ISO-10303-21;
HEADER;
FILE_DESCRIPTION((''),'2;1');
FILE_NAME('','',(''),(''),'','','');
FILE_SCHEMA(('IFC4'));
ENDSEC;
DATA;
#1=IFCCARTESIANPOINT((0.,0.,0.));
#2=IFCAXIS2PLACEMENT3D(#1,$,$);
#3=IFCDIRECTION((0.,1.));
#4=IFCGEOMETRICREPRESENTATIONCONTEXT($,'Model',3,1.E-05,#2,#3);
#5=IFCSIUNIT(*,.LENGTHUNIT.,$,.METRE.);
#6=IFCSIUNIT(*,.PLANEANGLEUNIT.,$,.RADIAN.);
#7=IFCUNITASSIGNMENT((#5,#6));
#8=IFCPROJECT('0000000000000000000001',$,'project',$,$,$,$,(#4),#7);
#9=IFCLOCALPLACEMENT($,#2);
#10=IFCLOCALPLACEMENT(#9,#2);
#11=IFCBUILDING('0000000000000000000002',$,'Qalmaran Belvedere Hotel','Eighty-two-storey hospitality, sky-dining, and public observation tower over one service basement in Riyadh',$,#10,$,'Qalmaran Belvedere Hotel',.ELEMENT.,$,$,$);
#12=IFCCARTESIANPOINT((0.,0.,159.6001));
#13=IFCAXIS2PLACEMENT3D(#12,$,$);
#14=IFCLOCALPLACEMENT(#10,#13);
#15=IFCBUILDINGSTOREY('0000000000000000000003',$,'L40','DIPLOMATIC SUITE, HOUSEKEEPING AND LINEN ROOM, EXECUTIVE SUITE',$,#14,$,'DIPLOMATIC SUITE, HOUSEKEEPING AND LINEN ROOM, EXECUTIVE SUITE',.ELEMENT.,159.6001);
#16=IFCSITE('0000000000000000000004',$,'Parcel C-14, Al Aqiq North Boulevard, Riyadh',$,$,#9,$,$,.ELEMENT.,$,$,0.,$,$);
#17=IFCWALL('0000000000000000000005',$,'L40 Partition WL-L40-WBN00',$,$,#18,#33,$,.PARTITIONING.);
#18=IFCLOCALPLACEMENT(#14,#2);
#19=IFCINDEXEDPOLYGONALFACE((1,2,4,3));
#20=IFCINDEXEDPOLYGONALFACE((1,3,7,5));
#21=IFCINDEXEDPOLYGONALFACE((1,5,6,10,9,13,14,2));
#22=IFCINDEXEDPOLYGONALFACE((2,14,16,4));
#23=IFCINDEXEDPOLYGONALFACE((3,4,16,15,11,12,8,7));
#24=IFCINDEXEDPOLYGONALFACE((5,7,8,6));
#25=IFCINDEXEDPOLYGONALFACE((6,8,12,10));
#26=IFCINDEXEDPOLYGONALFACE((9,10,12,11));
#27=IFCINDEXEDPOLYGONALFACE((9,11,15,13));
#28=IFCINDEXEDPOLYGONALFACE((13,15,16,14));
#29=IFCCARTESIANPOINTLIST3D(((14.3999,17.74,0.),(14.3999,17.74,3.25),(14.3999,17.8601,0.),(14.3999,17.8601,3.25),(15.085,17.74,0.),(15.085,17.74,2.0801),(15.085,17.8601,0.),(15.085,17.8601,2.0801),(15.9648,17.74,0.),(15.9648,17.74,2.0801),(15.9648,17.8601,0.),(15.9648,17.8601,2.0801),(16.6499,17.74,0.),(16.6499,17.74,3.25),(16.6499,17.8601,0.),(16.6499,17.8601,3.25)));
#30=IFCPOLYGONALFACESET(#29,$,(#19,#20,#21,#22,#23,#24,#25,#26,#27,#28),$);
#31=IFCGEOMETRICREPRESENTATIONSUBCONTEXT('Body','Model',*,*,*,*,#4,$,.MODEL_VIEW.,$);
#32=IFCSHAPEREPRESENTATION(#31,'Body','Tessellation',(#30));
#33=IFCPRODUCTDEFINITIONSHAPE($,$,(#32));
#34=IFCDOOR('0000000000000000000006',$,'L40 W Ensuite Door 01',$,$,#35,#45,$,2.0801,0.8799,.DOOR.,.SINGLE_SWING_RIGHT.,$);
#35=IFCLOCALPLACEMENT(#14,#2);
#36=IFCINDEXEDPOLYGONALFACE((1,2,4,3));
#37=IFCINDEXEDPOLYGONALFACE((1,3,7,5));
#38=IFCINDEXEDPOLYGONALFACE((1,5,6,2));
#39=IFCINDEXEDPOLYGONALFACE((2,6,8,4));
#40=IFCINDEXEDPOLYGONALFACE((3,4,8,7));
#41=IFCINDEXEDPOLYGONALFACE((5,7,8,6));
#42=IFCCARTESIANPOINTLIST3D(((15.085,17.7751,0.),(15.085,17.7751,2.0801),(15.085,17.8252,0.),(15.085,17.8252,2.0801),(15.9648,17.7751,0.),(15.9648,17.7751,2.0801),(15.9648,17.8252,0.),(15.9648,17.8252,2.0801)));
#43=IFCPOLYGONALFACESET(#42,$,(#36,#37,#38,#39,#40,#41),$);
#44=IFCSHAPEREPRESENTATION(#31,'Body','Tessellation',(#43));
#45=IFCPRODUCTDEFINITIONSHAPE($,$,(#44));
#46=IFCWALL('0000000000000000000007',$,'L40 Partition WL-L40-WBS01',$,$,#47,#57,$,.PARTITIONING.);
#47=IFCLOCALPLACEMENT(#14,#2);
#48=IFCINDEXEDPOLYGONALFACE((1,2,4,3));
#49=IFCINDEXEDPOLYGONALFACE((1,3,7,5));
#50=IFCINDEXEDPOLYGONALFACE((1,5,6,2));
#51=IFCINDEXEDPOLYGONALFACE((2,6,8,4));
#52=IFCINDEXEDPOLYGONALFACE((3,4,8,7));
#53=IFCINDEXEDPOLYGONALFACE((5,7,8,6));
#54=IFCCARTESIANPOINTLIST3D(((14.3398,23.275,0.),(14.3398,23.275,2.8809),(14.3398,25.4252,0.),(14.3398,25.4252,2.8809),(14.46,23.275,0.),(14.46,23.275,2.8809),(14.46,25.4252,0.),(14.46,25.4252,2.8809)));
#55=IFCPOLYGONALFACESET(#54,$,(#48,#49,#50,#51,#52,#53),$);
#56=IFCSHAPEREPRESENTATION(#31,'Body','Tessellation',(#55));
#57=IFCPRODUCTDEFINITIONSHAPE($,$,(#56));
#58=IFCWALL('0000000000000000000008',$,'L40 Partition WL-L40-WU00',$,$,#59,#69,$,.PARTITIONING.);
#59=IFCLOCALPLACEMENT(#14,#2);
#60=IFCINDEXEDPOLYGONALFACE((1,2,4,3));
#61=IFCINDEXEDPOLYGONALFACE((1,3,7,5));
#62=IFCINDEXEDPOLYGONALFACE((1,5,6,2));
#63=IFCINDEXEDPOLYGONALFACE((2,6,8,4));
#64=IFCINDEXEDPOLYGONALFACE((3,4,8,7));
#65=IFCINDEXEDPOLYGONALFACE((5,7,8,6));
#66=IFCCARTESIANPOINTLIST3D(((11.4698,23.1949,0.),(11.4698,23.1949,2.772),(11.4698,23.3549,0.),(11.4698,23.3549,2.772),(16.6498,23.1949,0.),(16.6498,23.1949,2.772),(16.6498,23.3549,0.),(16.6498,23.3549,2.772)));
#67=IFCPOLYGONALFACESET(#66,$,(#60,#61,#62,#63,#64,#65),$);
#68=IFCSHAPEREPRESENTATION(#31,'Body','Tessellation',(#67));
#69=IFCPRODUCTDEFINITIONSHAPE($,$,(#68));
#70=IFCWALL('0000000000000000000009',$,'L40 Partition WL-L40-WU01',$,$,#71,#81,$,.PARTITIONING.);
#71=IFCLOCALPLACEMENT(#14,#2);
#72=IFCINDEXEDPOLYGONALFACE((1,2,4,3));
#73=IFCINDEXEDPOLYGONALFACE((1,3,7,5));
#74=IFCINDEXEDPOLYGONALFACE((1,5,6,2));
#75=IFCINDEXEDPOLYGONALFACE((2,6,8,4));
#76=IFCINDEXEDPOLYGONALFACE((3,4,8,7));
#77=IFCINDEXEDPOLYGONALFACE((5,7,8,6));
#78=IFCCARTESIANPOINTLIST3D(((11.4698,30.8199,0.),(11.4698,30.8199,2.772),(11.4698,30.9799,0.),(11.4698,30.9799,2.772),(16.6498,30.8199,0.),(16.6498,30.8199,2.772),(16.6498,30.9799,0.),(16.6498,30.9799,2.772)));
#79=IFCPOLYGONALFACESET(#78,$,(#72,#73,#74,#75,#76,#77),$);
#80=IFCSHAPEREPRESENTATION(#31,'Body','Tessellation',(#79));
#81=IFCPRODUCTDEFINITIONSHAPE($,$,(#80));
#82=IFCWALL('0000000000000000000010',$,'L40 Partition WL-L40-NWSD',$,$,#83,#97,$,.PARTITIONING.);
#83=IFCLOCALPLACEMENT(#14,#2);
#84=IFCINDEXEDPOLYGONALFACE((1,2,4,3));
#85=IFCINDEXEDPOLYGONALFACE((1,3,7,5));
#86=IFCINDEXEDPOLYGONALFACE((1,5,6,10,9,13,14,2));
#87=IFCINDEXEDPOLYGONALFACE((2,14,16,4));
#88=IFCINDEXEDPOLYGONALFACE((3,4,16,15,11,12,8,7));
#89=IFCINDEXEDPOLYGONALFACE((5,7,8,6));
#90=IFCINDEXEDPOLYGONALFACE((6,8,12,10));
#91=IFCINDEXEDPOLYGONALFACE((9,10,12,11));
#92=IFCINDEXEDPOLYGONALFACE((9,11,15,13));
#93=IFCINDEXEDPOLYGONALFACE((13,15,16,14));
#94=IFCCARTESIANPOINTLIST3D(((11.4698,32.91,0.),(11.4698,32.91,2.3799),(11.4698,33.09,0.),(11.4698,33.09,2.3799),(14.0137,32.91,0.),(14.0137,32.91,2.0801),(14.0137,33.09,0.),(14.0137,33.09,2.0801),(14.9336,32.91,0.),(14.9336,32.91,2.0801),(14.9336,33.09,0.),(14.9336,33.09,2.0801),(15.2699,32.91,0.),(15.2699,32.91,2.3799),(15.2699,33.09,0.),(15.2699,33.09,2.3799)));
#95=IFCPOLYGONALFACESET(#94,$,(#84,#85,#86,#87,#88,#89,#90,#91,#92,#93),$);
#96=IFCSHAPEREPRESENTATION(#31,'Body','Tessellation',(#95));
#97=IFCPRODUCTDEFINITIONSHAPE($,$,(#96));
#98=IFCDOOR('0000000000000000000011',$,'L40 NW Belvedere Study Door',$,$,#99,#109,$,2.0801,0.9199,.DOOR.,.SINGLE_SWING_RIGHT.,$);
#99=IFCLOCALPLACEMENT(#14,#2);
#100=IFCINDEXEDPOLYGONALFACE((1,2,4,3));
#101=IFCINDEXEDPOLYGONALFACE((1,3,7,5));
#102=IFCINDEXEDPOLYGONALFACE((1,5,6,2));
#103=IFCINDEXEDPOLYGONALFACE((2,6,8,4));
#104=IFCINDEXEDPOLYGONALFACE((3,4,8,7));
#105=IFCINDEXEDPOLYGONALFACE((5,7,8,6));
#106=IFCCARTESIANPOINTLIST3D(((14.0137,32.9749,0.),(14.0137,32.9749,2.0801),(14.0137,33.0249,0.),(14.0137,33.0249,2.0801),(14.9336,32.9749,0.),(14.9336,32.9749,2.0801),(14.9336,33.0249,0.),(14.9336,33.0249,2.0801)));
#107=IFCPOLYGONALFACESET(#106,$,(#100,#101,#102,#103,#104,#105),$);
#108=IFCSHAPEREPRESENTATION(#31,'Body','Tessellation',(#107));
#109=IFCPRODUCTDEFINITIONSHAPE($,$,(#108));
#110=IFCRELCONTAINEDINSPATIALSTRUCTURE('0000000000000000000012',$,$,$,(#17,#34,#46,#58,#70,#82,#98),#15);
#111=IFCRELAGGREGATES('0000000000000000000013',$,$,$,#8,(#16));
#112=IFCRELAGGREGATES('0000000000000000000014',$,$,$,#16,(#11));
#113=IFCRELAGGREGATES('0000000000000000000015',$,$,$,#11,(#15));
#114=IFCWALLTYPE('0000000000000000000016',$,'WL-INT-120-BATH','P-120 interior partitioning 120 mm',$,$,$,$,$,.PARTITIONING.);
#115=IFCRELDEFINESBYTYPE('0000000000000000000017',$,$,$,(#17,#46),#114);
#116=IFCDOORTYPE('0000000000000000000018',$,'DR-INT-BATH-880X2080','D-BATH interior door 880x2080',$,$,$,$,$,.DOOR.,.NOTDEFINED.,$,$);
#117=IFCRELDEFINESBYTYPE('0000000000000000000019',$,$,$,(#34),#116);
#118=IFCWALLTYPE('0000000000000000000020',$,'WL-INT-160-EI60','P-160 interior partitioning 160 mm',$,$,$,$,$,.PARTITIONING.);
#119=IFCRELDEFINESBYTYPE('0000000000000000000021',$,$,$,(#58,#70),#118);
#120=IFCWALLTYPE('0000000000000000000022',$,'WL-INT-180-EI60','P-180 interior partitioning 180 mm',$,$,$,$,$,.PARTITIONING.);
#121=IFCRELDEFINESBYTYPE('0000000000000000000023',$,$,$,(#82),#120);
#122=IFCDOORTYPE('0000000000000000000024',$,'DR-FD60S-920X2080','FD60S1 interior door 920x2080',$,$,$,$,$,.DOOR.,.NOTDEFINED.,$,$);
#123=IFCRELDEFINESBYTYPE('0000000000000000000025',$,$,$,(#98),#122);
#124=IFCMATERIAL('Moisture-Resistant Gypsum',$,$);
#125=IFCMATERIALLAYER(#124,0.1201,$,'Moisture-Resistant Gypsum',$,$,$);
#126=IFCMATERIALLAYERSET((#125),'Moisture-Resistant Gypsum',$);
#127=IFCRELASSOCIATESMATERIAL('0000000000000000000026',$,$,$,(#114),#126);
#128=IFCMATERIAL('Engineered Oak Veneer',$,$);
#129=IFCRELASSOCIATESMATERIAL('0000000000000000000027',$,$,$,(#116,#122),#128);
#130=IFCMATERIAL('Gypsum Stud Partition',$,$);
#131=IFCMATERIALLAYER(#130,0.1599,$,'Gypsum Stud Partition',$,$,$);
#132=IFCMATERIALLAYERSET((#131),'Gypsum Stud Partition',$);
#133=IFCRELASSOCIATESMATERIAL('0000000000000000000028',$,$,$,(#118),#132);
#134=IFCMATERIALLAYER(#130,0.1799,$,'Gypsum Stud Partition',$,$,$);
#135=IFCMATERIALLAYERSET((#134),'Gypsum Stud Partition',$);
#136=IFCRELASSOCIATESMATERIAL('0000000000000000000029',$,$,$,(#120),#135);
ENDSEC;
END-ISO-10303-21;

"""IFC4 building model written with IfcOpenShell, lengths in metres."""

from ifc_helpers import new_model, si_unit, direction, frame, frame_2d, origin, place, context, subcontext, project, spatial, rectangle, extrude, material, layer, layer_set, type_object, element, fill, save


model = new_model("IFC4")

# Units and contexts
model_context = context("Model", 3, precision=1e-05, world=origin(), true_north=direction((0.0, 1.0)))
body_context = subcontext(model_context, "Body", "Model", "MODEL_VIEW")
ifc_project = project(units=[si_unit("LENGTHUNIT", "METRE"), si_unit("PLANEANGLEUNIT", "RADIAN")], contexts=[model_context])

# Site, building, storey
site_placement = place(None, origin())
site = spatial("IfcSite", under=ifc_project, at=site_placement, Name="Parcel C-14, Al Aqiq North Boulevard, Riyadh", CompositionType="ELEMENT", RefElevation=0.0)
building_placement = place(site_placement, origin())
building = spatial("IfcBuilding", under=site, at=building_placement, Name="Qalmaran Belvedere Hotel", Description="Eighty-two-storey hospitality, sky-dining, and public observation tower over one service basement in Riyadh", LongName="Qalmaran Belvedere Hotel", CompositionType="ELEMENT")
storey_placement = place(building_placement, frame((0.0, 0.0, 159.6001)))
storey = spatial("IfcBuildingStorey", under=building, at=storey_placement, Name="L40", Description="DIPLOMATIC SUITE, HOUSEKEEPING AND LINEN ROOM, EXECUTIVE SUITE", LongName="DIPLOMATIC SUITE, HOUSEKEEPING AND LINEN ROOM, EXECUTIVE SUITE", CompositionType="ELEMENT", Elevation=159.6001)

# Wall, opening, door
ifc_material_1 = material(Name="Moisture-Resistant Gypsum")
ifc_layer_1 = layer(ifc_material_1, 0.1201, Name="Moisture-Resistant Gypsum")
ifc_layer_set_1 = layer_set([ifc_layer_1], Name="Moisture-Resistant Gypsum")
wall_type_1 = type_object("IfcWallType", Name="WL-INT-120-BATH", Description="P-120 interior partitioning 120 mm", PredefinedType="PARTITIONING", material=ifc_layer_set_1)
wall_1_placement = place(storey_placement, frame((14.3999, 17.8, 0.0), z_axis=(0.0, 0.0, 1.0), x_axis=(1.0, 0.0, 0.0)))
wall_1 = element("IfcWall", 1, at=wall_1_placement, inside=storey, type_object=wall_type_1, Name="L40 Partition WL-L40-WBN00", PredefinedType="PARTITIONING", context=body_context, shape_type="SweptSolid", body=[
    extrude(rectangle(XDim=2.25, YDim=0.1201, at=frame_2d((1.125, 0.0))), origin(), (0.0, 0.0, 1.0), 3.25),
])
opening_1_placement = place(wall_1_placement, frame((1.5649, 0.0, 0.0), z_axis=(0.0, 0.0, 1.0), x_axis=(-1.0, 0.0, 0.0)))
opening_1 = element("IfcOpeningElement", 2, at=opening_1_placement, cuts=wall_1, PredefinedType="OPENING", context=body_context, shape_type="SweptSolid", body=[
    extrude(rectangle(XDim=0.8799, YDim=2.0801, at=frame_2d((0.4399, 1.04))), frame((0.0, 0.0701, 0.0), z_axis=(0.0, -1.0, 0.0), x_axis=(1.0, 0.0, 0.0)), (0.0, 0.0, 1.0), 0.1401),
])
ifc_material_2 = material(Name="Engineered Oak Veneer")
door_type_1 = type_object("IfcDoorType", Name="DR-INT-BATH-880X2080", Description="D-BATH interior door 880x2080", OperationType="NOTDEFINED", PredefinedType="DOOR", material=ifc_material_2)
door_1_placement = place(opening_1_placement, origin())
door_1 = element("IfcDoor", 3, at=door_1_placement, inside=storey, type_object=door_type_1, Name="L40 W Ensuite Door 01", OperationType="SINGLE_SWING_RIGHT", OverallHeight=2.0801, OverallWidth=0.8799, PredefinedType="DOOR", context=body_context, shape_type="SweptSolid", body=[
    extrude(rectangle(XDim=0.8799, YDim=2.0801, at=frame_2d((0.4399, 1.04))), frame((0.0, 0.0249, 0.0), z_axis=(0.0, -1.0, 0.0), x_axis=(1.0, 0.0, 0.0)), (0.0, 0.0, 1.0), 0.05),
])
fill(opening_1, door_1)

# Walls
wall_2_placement = place(storey_placement, frame((14.3999, 23.2749, 0.0), z_axis=(0.0, 0.0, 1.0), x_axis=(0.0, 1.0, 0.0)))
element("IfcWall", 4, at=wall_2_placement, inside=storey, type_object=wall_type_1, Name="L40 Partition WL-L40-WBS01", PredefinedType="PARTITIONING", context=body_context, shape_type="SweptSolid", body=[
    extrude(rectangle(XDim=2.1501, YDim=0.1201, at=frame_2d((1.0752, 0.0))), origin(), (0.0, 0.0, 1.0), 2.8809),
])
ifc_material_3 = material(Name="Gypsum Stud Partition")
ifc_layer_2 = layer(ifc_material_3, 0.1599, Name="Gypsum Stud Partition")
ifc_layer_set_2 = layer_set([ifc_layer_2], Name="Gypsum Stud Partition")
wall_type_2 = type_object("IfcWallType", Name="WL-INT-160-EI60", Description="P-160 interior partitioning 160 mm", PredefinedType="PARTITIONING", material=ifc_layer_set_2)
for number, where, z_axis, x_axis, name in (
    (5, (11.47, 23.2749, 0.0), (0.0, 0.0, 1.0), (1.0, 0.0, 0.0), "L40 Partition WL-L40-WU00"),
    (6, (11.47, 30.8999, 0.0), (0.0, 0.0, 1.0), (1.0, 0.0, 0.0), "L40 Partition WL-L40-WU01"),
):
    element("IfcWall", number, at=place(storey_placement, frame(where, z_axis=z_axis, x_axis=x_axis)), inside=storey, type_object=wall_type_2, Name=name, PredefinedType="PARTITIONING", context=body_context, shape_type="SweptSolid", body=[
        extrude(rectangle(XDim=5.1799, YDim=0.1599, at=frame_2d((2.5898, 0.0))), origin(), (0.0, 0.0, 1.0), 2.772),
    ])

# Wall, opening, door
ifc_layer_3 = layer(ifc_material_3, 0.1799, Name="Gypsum Stud Partition")
ifc_layer_set_3 = layer_set([ifc_layer_3], Name="Gypsum Stud Partition")
wall_type_3 = type_object("IfcWallType", Name="WL-INT-180-EI60", Description="P-180 interior partitioning 180 mm", PredefinedType="PARTITIONING", material=ifc_layer_set_3)
wall_3_placement = place(storey_placement, frame((11.47, 33.0, 0.0), z_axis=(0.0, 0.0, 1.0), x_axis=(1.0, 0.0, 0.0)))
wall_3 = element("IfcWall", 7, at=wall_3_placement, inside=storey, type_object=wall_type_3, Name="L40 Partition WL-L40-NWSD", PredefinedType="PARTITIONING", context=body_context, shape_type="SweptSolid", body=[
    extrude(rectangle(XDim=3.8, YDim=0.1799, at=frame_2d((1.8999, 0.0))), origin(), (0.0, 0.0, 1.0), 2.3799),
])
opening_2_placement = place(wall_3_placement, frame((2.5437, 0.0, 0.0)))
opening_2 = element("IfcOpeningElement", 8, at=opening_2_placement, cuts=wall_3, PredefinedType="OPENING", context=body_context, shape_type="SweptSolid", body=[
    extrude(rectangle(XDim=0.9199, YDim=2.0801, at=frame_2d((0.46, 1.04))), frame((0.0, 0.1001, 0.0), z_axis=(0.0, -1.0, 0.0), x_axis=(1.0, 0.0, 0.0)), (0.0, 0.0, 1.0), 0.2),
])
door_type_2 = type_object("IfcDoorType", Name="DR-FD60S-920X2080", Description="FD60S1 interior door 920x2080", OperationType="NOTDEFINED", PredefinedType="DOOR", material=ifc_material_2)
door_2_placement = place(opening_2_placement, origin())
door_2 = element("IfcDoor", 9, at=door_2_placement, inside=storey, type_object=door_type_2, Name="L40 NW Belvedere Study Door", OperationType="SINGLE_SWING_RIGHT", OverallHeight=2.0801, OverallWidth=0.9199, PredefinedType="DOOR", context=body_context, shape_type="SweptSolid", body=[
    extrude(rectangle(XDim=0.9199, YDim=2.0801, at=frame_2d((0.46, 1.04))), frame((0.0, 0.0249, 0.0), z_axis=(0.0, -1.0, 0.0), x_axis=(1.0, 0.0, 0.0)), (0.0, 0.0, 1.0), 0.05),
])
fill(opening_2, door_2)

save(model, "model.ifc")
